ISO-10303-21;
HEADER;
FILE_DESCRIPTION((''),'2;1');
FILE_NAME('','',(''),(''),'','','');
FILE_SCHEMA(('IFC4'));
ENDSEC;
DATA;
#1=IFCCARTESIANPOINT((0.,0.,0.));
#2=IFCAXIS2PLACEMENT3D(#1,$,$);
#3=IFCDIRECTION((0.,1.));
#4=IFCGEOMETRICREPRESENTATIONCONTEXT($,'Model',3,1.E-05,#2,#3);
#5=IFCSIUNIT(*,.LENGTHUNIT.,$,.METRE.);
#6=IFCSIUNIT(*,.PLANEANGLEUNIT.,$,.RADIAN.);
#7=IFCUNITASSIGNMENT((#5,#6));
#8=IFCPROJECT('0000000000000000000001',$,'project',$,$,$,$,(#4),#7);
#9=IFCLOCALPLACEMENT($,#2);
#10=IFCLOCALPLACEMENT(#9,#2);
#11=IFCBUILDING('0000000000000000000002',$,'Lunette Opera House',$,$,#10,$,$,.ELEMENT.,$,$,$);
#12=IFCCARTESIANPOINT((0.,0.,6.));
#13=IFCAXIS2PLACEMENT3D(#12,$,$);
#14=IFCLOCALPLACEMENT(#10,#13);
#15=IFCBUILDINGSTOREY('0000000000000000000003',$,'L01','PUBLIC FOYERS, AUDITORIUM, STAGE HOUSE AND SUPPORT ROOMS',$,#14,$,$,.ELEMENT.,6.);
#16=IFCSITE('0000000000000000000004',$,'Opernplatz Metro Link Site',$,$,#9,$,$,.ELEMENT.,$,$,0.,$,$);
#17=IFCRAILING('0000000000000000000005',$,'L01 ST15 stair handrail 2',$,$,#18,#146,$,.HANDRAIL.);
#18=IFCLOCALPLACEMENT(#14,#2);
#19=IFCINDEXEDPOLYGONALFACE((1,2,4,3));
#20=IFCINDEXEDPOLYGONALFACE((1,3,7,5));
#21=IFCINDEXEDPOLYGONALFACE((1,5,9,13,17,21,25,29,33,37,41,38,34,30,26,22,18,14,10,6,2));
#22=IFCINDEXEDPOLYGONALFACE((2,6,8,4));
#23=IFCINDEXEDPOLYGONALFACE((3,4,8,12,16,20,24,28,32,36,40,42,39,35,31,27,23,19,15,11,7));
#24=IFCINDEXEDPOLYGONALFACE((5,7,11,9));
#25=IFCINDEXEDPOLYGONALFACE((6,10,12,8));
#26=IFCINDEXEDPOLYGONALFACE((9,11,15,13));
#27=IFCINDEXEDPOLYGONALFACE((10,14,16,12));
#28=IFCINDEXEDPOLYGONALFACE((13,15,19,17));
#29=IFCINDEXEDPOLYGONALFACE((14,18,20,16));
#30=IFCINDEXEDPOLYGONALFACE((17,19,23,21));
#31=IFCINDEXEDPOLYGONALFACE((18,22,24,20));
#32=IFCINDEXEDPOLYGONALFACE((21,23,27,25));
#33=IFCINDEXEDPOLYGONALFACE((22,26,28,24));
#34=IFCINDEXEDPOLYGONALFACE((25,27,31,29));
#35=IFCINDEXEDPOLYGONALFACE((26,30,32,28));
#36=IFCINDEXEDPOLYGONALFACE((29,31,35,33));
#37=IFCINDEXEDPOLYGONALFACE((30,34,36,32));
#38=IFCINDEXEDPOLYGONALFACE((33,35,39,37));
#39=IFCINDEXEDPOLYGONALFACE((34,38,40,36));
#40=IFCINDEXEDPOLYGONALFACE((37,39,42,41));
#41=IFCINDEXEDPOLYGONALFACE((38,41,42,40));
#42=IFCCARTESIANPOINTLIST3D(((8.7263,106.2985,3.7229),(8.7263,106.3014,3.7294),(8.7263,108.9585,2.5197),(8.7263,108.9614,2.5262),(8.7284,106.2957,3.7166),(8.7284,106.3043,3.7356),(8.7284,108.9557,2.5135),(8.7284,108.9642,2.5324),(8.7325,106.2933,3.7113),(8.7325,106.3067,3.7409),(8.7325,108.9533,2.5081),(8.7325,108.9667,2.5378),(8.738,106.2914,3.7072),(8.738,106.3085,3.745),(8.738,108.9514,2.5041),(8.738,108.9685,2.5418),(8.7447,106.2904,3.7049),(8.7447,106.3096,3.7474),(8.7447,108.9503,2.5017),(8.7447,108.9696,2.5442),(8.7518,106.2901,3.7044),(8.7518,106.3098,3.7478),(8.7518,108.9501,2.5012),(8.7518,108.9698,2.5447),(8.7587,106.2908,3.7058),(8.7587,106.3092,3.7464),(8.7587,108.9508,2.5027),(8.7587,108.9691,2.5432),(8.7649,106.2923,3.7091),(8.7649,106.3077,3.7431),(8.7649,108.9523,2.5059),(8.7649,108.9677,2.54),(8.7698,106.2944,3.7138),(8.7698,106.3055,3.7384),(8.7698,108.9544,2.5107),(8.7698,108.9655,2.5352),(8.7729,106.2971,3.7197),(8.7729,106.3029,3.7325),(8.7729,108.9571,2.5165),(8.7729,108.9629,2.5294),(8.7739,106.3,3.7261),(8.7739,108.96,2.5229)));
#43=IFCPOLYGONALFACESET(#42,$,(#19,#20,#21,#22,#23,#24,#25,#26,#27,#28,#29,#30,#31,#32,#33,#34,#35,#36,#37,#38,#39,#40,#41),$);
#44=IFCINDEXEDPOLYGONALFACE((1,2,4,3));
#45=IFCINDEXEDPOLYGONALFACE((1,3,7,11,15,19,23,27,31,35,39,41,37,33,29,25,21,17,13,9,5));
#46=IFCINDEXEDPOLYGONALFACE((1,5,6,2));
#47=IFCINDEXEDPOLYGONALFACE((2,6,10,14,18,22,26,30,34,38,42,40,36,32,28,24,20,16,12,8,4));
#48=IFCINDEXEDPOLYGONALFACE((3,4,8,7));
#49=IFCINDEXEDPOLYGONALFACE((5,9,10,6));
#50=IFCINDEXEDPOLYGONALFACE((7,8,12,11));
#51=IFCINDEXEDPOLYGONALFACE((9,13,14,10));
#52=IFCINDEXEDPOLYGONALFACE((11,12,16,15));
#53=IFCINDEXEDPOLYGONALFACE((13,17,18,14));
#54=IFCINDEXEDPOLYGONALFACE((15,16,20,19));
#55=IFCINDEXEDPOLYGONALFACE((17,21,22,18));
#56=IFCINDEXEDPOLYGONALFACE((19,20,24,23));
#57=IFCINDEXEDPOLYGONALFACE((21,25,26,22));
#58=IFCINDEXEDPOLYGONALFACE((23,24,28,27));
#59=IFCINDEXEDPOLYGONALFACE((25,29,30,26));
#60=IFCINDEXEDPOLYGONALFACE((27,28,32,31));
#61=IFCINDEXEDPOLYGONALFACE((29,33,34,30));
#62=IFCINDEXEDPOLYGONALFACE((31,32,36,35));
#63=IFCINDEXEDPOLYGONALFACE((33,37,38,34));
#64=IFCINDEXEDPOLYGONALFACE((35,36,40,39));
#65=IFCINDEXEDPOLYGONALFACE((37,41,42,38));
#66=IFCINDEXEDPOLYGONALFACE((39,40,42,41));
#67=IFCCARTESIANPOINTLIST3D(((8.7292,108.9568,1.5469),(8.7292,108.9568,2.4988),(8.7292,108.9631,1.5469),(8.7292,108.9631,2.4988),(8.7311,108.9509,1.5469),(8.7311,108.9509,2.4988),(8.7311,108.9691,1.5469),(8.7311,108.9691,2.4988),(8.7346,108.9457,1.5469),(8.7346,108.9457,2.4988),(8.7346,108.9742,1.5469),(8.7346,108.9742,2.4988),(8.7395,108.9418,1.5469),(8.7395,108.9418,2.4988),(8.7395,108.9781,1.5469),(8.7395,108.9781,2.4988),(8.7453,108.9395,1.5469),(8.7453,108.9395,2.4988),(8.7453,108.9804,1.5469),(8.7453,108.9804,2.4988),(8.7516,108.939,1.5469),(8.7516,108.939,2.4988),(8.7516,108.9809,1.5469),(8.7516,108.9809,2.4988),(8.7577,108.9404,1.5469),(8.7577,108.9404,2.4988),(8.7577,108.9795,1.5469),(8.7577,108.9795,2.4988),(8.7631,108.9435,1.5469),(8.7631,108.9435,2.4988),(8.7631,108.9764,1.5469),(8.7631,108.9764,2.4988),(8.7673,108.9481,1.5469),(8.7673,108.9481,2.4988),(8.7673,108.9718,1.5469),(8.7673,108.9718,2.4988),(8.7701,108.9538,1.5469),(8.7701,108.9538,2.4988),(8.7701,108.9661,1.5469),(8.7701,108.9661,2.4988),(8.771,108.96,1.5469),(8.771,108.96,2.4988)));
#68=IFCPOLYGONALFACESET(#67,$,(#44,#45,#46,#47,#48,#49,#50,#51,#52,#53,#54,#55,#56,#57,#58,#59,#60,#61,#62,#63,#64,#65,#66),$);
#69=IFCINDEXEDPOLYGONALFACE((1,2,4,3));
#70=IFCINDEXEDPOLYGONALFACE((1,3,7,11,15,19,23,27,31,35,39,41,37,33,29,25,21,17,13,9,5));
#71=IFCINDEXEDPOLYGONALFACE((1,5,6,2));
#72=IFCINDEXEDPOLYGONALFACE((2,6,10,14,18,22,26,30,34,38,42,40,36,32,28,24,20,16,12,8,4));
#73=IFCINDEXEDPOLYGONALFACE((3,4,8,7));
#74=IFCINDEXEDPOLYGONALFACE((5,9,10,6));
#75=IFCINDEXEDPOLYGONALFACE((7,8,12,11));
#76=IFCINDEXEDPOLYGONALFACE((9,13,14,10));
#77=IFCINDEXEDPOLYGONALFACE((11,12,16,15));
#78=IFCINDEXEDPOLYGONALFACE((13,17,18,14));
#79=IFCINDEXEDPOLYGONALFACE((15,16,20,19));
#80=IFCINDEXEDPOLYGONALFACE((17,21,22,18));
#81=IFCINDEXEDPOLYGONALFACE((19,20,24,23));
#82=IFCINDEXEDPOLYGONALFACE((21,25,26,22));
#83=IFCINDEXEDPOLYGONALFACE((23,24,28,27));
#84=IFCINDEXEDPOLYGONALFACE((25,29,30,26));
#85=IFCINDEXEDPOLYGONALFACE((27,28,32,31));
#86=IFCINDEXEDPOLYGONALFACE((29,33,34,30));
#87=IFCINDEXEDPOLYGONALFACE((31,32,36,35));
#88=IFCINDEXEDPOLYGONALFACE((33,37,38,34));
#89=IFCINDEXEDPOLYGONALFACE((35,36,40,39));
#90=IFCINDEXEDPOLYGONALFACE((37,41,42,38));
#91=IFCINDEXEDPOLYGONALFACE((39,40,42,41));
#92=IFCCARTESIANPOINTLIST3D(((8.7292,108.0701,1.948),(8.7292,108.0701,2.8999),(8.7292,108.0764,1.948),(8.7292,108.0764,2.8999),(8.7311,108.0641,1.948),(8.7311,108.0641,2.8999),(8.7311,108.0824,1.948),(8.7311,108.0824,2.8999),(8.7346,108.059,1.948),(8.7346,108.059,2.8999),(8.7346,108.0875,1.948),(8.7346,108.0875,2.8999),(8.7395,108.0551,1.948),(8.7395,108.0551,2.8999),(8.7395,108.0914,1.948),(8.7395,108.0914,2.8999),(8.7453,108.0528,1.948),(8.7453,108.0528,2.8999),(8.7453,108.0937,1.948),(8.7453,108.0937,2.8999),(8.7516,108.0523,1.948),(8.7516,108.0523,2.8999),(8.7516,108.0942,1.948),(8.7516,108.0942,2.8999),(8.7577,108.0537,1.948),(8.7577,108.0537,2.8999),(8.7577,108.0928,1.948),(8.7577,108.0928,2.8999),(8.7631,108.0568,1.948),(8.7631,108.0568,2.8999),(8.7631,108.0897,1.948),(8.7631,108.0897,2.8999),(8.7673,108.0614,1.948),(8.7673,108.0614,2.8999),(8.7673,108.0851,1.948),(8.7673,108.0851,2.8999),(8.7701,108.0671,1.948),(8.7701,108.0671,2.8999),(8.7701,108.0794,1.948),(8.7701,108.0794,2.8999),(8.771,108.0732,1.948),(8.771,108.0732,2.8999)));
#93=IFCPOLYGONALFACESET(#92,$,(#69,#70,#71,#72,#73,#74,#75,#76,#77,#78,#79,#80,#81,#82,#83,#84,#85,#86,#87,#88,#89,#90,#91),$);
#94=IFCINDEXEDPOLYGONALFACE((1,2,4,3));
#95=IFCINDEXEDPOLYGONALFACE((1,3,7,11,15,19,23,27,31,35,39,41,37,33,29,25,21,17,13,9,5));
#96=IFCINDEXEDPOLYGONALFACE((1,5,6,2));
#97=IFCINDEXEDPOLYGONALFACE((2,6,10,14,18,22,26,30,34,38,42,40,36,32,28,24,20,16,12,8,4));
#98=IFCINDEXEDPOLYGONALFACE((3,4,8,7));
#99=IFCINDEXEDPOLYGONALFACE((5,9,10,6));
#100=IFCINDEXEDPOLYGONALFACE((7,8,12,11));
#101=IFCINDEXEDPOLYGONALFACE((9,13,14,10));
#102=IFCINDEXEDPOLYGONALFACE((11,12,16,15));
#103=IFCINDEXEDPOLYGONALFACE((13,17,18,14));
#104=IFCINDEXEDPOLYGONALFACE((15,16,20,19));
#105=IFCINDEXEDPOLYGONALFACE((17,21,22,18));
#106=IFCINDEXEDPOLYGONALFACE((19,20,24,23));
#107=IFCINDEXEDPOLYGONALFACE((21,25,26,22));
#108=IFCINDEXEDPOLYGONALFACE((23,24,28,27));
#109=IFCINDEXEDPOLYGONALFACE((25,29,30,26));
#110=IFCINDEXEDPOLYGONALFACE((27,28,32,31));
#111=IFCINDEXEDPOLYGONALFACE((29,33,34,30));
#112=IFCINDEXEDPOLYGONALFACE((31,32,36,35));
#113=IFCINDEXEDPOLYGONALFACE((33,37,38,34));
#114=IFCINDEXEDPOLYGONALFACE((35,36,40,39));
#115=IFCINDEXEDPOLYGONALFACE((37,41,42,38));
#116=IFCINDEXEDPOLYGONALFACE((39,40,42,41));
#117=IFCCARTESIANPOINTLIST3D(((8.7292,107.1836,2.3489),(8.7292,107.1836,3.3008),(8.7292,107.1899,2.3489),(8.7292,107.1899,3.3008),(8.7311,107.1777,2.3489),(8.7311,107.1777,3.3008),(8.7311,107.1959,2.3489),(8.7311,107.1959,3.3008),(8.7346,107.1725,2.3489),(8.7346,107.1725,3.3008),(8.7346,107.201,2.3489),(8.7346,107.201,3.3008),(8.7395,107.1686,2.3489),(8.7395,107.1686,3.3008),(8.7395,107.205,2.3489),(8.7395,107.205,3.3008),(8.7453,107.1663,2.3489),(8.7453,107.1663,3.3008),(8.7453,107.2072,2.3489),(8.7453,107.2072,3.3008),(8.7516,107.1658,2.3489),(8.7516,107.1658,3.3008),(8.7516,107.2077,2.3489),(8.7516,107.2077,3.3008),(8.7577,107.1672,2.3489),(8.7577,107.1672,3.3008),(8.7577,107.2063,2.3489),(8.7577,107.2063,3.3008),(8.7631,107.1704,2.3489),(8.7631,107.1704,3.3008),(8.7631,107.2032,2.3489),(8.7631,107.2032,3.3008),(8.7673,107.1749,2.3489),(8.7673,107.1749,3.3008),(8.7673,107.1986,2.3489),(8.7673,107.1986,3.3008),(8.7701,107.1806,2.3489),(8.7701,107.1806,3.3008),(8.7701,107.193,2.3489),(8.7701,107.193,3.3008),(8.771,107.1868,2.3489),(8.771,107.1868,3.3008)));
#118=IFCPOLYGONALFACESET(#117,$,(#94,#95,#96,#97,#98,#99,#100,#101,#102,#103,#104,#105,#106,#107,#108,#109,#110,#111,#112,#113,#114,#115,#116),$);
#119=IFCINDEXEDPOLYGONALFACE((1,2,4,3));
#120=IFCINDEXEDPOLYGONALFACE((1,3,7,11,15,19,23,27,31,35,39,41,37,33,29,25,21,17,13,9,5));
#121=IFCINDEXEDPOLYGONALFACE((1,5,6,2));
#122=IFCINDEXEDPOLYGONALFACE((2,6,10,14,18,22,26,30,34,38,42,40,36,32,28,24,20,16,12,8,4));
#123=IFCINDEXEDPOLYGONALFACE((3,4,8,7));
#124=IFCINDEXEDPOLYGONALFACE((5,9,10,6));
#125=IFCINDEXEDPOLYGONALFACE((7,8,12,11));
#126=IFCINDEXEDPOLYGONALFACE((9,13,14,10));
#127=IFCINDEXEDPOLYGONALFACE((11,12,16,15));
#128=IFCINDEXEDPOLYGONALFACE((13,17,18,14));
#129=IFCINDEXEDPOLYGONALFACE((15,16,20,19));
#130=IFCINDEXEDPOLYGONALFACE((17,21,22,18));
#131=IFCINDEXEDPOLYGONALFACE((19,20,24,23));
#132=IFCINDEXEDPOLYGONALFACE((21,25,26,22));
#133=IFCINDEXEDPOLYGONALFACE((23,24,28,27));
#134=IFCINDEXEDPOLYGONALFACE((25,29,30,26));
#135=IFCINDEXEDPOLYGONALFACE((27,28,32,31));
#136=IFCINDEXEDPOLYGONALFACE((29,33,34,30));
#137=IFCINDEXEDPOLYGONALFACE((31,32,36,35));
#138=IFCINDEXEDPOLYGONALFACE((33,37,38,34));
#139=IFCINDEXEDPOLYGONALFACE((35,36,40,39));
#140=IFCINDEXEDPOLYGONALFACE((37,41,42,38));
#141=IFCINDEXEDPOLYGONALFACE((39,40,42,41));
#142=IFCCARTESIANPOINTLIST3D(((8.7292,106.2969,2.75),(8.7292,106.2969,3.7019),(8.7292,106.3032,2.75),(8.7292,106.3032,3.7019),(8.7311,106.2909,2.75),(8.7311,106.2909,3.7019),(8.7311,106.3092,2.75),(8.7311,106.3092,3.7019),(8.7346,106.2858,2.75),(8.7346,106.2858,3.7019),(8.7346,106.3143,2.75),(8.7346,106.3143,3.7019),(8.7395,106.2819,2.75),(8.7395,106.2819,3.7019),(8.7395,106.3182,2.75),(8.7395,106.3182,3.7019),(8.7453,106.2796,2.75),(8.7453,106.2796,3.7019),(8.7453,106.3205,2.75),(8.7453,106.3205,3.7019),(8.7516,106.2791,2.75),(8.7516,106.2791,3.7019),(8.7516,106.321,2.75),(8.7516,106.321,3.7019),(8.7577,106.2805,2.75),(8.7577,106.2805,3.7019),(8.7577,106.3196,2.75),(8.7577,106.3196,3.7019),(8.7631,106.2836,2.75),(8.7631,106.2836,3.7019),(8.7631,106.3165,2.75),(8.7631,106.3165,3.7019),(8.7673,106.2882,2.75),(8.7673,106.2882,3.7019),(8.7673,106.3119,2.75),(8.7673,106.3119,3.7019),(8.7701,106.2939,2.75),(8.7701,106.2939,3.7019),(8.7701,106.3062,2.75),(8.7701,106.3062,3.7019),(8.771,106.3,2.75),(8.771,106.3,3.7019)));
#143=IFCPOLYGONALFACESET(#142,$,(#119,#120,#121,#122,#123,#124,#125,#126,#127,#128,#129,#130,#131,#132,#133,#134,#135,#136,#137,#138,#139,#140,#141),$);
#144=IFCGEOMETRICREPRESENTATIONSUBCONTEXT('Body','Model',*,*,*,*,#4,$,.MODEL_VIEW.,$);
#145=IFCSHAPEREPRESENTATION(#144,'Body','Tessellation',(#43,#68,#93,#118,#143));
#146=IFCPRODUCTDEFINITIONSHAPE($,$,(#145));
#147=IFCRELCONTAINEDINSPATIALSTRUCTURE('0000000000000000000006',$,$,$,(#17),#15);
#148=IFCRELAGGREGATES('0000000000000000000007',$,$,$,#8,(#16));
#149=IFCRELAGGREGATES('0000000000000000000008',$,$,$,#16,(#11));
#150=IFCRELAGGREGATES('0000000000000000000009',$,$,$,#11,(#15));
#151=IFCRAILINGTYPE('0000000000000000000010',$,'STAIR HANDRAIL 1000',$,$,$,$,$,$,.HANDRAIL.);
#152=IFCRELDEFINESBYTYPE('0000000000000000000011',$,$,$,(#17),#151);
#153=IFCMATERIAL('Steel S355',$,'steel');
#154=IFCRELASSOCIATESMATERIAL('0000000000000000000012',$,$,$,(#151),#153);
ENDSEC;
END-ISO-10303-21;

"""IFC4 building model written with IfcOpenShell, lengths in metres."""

from ifc_helpers import new_model, si_unit, direction, frame, origin, origin_2d, place, context, subcontext, project, spatial, circle, extrude, material, type_object, element, save


model = new_model("IFC4")

# Units and contexts
model_context = context("Model", 3, precision=1e-05, world=origin(), true_north=direction((0.0, 1.0)))
body_context = subcontext(model_context, "Body", "Model", "MODEL_VIEW")
ifc_project = project(units=[si_unit("LENGTHUNIT", "METRE"), si_unit("PLANEANGLEUNIT", "RADIAN")], contexts=[model_context])

# Site, building, storey
site_placement = place(None, origin())
site = spatial("IfcSite", under=ifc_project, at=site_placement, Name="Opernplatz Metro Link Site", CompositionType="ELEMENT", RefElevation=0.0)
building_placement = place(site_placement, origin())
building = spatial("IfcBuilding", under=site, at=building_placement, Name="Lunette Opera House", CompositionType="ELEMENT")
storey_placement = place(building_placement, frame((0.0, 0.0, 6.0)))
storey = spatial("IfcBuildingStorey", under=building, at=storey_placement, Name="L01", Description="PUBLIC FOYERS, AUDITORIUM, STAGE HOUSE AND SUPPORT ROOMS", CompositionType="ELEMENT", Elevation=6.0)

# Railing
ifc_material_1 = material(Name="Steel S355", Category="steel")
railing_type_1 = type_object("IfcRailingType", Name="STAIR HANDRAIL 1000", PredefinedType="HANDRAIL", material=ifc_material_1)
railing_1_placement = place(storey_placement, frame((8.75, 108.96, 1.5469)))
element("IfcRailing", 1, at=railing_1_placement, inside=storey, type_object=railing_type_1, Name="L01 ST15 stair handrail 2", PredefinedType="HANDRAIL", context=body_context, shape_type="SweptSolid", body=[
    extrude(circle(Radius=0.0239, at=origin_2d()), frame((0.0, 0.0, 0.9761), z_axis=(0.0, -0.91113, 0.41212), x_axis=(1.0, 0.0, 0.0)), (0.0, 0.0, 1.0), 2.9194),
    extrude(circle(Radius=0.021, at=origin_2d()), origin(), (0.0, 0.0, 1.0), 0.9519),
    extrude(circle(Radius=0.021, at=origin_2d()), frame((0.0, -0.8867, 0.4011)), (0.0, 0.0, 1.0), 0.9519),
    extrude(circle(Radius=0.021, at=origin_2d()), frame((0.0, -1.7732, 0.802)), (0.0, 0.0, 1.0), 0.9519),
    extrude(circle(Radius=0.021, at=origin_2d()), frame((0.0, -2.6599, 1.2031)), (0.0, 0.0, 1.0), 0.9519),
])

save(model, "model.ifc")
